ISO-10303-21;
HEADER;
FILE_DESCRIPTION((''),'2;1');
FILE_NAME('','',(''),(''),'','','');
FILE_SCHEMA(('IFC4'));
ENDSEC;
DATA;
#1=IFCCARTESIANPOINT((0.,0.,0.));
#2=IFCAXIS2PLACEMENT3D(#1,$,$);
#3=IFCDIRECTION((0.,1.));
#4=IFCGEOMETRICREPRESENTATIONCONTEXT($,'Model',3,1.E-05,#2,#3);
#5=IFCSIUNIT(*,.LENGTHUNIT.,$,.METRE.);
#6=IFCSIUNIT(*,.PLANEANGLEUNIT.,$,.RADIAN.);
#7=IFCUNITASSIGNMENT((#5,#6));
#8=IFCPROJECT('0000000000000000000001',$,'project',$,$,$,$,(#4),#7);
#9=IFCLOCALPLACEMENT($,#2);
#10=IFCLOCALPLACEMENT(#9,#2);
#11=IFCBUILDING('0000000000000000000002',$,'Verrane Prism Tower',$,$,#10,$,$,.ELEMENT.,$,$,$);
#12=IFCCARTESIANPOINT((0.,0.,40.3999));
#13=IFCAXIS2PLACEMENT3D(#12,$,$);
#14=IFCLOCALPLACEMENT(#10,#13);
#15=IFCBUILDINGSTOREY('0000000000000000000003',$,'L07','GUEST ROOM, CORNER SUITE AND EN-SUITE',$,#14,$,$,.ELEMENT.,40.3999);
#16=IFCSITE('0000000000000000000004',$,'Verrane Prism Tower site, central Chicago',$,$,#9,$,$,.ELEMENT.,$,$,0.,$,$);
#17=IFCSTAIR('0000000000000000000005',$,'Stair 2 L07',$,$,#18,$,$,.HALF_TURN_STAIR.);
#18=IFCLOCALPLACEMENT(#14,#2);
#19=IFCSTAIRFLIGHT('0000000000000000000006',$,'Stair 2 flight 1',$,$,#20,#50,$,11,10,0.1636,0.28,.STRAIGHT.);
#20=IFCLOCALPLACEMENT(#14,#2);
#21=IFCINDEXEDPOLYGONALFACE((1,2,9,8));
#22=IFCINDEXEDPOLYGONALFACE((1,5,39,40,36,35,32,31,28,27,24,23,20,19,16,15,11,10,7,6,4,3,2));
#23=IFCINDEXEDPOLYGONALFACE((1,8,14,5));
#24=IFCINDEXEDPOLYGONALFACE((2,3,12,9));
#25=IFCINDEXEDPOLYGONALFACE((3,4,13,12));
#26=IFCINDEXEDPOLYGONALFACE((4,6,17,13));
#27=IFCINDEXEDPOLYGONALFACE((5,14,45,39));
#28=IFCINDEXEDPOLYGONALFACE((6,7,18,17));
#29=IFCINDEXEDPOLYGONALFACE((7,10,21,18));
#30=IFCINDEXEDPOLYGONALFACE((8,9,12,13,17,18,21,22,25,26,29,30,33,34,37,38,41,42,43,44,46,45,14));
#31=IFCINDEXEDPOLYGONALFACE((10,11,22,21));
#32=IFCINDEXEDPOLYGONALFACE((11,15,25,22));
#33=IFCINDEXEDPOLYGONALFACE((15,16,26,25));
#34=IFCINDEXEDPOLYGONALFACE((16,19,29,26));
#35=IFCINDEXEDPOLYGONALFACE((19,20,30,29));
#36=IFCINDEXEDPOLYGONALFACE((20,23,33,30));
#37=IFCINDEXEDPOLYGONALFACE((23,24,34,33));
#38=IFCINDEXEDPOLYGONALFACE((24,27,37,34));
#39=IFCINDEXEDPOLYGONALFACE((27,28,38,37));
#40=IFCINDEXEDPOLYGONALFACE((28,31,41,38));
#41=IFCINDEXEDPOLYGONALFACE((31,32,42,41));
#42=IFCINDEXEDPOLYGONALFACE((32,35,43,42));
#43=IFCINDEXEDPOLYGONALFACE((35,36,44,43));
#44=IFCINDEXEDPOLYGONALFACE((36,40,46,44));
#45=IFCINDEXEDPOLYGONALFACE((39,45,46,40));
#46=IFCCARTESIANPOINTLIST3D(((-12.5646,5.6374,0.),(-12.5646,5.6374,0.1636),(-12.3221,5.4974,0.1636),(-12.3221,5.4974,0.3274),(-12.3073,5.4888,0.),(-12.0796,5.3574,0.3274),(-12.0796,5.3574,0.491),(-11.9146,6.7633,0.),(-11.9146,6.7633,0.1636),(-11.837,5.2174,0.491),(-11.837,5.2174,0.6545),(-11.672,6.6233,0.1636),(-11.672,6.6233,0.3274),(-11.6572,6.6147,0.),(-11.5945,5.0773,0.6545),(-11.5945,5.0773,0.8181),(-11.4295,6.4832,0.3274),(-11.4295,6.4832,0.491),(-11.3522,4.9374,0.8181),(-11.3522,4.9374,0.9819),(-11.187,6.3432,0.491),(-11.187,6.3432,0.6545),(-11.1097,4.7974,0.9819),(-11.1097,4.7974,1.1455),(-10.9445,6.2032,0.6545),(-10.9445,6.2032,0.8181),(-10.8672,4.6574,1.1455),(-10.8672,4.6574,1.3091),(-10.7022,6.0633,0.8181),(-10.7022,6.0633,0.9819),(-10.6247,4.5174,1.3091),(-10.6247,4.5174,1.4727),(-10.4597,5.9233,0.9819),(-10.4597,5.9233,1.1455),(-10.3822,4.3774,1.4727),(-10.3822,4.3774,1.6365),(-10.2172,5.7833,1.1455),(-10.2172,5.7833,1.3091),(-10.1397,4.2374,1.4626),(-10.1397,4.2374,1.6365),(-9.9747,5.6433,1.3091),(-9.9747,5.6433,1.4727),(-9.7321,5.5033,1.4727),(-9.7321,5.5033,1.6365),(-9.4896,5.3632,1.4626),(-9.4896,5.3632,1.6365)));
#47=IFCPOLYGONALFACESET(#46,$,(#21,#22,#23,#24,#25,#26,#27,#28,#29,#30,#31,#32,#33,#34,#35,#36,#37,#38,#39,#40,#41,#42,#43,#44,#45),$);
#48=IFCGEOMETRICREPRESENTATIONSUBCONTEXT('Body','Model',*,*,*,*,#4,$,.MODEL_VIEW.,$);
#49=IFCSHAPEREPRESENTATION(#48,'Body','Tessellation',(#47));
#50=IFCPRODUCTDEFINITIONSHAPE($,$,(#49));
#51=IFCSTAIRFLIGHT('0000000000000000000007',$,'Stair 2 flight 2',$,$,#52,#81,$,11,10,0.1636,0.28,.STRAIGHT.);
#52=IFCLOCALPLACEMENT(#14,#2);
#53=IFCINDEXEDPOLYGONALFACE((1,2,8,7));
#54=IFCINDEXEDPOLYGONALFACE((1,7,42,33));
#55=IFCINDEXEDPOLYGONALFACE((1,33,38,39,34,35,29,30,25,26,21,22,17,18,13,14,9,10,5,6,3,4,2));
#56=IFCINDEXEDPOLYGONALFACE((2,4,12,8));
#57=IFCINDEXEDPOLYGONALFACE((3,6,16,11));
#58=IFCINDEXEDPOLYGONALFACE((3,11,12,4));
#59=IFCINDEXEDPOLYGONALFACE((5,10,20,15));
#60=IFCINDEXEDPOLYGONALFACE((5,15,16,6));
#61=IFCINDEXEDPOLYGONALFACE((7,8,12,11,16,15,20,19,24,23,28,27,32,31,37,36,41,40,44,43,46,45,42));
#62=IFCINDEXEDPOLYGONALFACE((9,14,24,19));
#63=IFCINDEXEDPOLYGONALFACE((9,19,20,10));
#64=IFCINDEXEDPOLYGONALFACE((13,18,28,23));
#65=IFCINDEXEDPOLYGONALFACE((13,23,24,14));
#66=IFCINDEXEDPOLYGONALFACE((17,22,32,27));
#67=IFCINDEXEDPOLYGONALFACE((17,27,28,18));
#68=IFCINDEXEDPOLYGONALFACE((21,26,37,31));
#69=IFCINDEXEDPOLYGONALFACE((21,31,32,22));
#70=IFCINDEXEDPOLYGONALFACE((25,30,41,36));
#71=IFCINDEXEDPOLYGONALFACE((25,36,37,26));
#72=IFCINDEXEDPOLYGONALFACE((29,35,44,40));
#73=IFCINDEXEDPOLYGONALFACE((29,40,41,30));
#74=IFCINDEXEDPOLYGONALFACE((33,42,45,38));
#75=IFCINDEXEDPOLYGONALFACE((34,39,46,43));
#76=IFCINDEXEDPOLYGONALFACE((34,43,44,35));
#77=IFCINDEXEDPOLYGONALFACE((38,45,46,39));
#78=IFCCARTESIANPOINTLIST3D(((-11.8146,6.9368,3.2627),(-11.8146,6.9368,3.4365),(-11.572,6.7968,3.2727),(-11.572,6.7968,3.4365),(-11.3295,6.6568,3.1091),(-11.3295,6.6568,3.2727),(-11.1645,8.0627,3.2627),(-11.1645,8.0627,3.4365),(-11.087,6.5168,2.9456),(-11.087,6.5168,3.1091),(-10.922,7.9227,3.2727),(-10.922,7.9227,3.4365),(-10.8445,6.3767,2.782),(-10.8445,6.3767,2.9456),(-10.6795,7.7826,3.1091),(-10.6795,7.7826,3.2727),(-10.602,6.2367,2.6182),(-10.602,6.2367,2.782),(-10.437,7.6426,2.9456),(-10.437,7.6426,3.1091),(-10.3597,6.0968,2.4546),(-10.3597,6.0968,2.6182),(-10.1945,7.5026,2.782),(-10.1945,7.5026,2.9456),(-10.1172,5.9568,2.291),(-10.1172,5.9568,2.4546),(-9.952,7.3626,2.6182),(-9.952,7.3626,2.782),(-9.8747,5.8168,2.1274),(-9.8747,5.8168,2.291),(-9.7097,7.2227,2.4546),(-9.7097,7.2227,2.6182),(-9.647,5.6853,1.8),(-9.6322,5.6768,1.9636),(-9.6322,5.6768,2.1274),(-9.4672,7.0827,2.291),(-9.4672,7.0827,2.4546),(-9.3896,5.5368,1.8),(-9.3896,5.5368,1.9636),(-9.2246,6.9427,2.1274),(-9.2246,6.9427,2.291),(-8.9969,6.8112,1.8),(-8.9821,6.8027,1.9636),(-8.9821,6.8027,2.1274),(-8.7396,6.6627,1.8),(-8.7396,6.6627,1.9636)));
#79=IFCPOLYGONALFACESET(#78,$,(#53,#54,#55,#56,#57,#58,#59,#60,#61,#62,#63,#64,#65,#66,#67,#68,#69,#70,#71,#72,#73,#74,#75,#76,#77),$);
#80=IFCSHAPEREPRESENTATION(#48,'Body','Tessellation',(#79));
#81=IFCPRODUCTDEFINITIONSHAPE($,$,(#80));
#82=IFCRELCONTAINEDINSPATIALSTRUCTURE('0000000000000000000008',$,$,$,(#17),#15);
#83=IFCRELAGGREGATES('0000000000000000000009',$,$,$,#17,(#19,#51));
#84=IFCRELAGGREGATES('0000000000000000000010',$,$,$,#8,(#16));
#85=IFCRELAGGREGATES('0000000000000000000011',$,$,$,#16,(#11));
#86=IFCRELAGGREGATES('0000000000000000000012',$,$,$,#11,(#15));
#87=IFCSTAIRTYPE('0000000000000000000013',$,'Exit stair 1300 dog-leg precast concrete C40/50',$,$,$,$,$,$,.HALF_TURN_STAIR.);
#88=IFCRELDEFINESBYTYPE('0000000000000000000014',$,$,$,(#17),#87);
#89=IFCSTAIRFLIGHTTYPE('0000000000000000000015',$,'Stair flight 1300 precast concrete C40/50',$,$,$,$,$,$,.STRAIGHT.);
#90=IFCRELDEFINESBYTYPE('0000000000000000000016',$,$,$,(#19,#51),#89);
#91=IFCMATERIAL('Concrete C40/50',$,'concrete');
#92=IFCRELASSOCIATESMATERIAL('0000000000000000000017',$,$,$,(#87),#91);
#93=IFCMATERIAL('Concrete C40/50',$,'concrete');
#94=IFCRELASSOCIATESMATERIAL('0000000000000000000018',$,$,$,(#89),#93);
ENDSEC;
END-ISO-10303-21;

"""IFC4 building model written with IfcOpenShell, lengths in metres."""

from ifc_helpers import new_model, si_unit, direction, frame, origin, place, context, subcontext, project, spatial, polyline, outline, extrude, material, type_object, element, aggregate, save


model = new_model("IFC4")

# Units and contexts
model_context = context("Model", 3, precision=1e-05, world=origin(), true_north=direction((0.0, 1.0)))
body_context = subcontext(model_context, "Body", "Model", "MODEL_VIEW")
ifc_project = project(units=[si_unit("LENGTHUNIT", "METRE"), si_unit("PLANEANGLEUNIT", "RADIAN")], contexts=[model_context])

# Site, building, storey
site_placement = place(None, origin())
site = spatial("IfcSite", under=ifc_project, at=site_placement, Name="Verrane Prism Tower site, central Chicago", CompositionType="ELEMENT", RefElevation=0.0)
building_placement = place(site_placement, origin())
building = spatial("IfcBuilding", under=site, at=building_placement, Name="Verrane Prism Tower", CompositionType="ELEMENT")
storey_placement = place(building_placement, frame((0.0, 0.0, 40.3999)))
storey = spatial("IfcBuildingStorey", under=building, at=storey_placement, Name="L07", Description="GUEST ROOM, CORNER SUITE AND EN-SUITE", CompositionType="ELEMENT", Elevation=40.3999)

# Stair, stair flights
ifc_material_1 = material(Name="Concrete C40/50", Category="concrete")
stair_type = type_object("IfcStairType", Name="Exit stair 1300 dog-leg precast concrete C40/50", PredefinedType="HALF_TURN_STAIR", material=ifc_material_1)
stair_placement = place(storey_placement, origin())
stair = element("IfcStair", 1, at=stair_placement, inside=storey, type_object=stair_type, Name="Stair 2 L07", PredefinedType="HALF_TURN_STAIR")
ifc_material_2 = material(Name="Concrete C40/50", Category="concrete")
stair_flight_type = type_object("IfcStairFlightType", Name="Stair flight 1300 precast concrete C40/50", PredefinedType="STRAIGHT", material=ifc_material_2)
stair_flight_1_placement = place(storey_placement, frame((-12.2395, 6.2004, 0.0), z_axis=(0.0, 0.0, 1.0), x_axis=(0.866025, -0.5, 0.0)))
stair_flight_1 = element("IfcStairFlight", 2, at=stair_flight_1_placement, type_object=stair_flight_type, Name="Stair 2 flight 1", NumberOfRisers=11, NumberOfTreads=10, PredefinedType="STRAIGHT", RiserHeight=0.1636, TreadLength=0.28, context=body_context, shape_type="SweptSolid", body=[
    extrude(outline(polyline([(0.0, 0.0), (0.0, 0.1636), (0.28, 0.1636), (0.28, 0.3274), (0.5601, 0.3274), (0.5601, 0.491), (0.8401, 0.491), (0.8401, 0.6545), (1.1201, 0.6545), (1.1201, 0.8181), (1.3999, 0.8181), (1.3999, 0.9819), (1.6799, 0.9819), (1.6799, 1.1455), (1.96, 1.1455), (1.96, 1.3091), (2.24, 1.3091), (2.24, 1.4727), (2.52, 1.4727), (2.52, 1.6365), (2.8, 1.6365), (2.8, 1.8), (2.8, 1.4626), (0.2971, 0.0), (0.0, 0.0)])), frame((0.0, 0.6499, 0.0), z_axis=(0.0, -1.0, 0.0), x_axis=(1.0, 0.0, 0.0)), (0.0, 0.0, 1.0), 1.3),
])
stair_flight_2_placement = place(storey_placement, frame((-9.0647, 6.0996, 1.8), z_axis=(0.0, 0.0, 1.0), x_axis=(-0.866025, 0.5, 0.0)))
stair_flight_2 = element("IfcStairFlight", 3, at=stair_flight_2_placement, type_object=stair_flight_type, Name="Stair 2 flight 2", NumberOfRisers=11, NumberOfTreads=10, PredefinedType="STRAIGHT", RiserHeight=0.1636, TreadLength=0.28, context=body_context, shape_type="SweptSolid", body=[
    extrude(outline(polyline([(0.0, 0.0), (0.0, 0.1636), (0.28, 0.1636), (0.28, 0.3274), (0.5601, 0.3274), (0.5601, 0.491), (0.8401, 0.491), (0.8401, 0.6545), (1.1201, 0.6545), (1.1201, 0.8181), (1.3999, 0.8181), (1.3999, 0.9819), (1.6799, 0.9819), (1.6799, 1.1455), (1.96, 1.1455), (1.96, 1.3091), (2.24, 1.3091), (2.24, 1.4727), (2.52, 1.4727), (2.52, 1.6365), (2.8, 1.6365), (2.8, 1.8), (2.8, 1.4626), (0.2971, 0.0), (0.0, 0.0)])), frame((0.0, 0.6499, 0.0), z_axis=(0.0, -1.0, 0.0), x_axis=(1.0, 0.0, 0.0)), (0.0, 0.0, 1.0), 1.3),
])
aggregate(stair, [stair_flight_1, stair_flight_2])

save(model, "model.ifc")
